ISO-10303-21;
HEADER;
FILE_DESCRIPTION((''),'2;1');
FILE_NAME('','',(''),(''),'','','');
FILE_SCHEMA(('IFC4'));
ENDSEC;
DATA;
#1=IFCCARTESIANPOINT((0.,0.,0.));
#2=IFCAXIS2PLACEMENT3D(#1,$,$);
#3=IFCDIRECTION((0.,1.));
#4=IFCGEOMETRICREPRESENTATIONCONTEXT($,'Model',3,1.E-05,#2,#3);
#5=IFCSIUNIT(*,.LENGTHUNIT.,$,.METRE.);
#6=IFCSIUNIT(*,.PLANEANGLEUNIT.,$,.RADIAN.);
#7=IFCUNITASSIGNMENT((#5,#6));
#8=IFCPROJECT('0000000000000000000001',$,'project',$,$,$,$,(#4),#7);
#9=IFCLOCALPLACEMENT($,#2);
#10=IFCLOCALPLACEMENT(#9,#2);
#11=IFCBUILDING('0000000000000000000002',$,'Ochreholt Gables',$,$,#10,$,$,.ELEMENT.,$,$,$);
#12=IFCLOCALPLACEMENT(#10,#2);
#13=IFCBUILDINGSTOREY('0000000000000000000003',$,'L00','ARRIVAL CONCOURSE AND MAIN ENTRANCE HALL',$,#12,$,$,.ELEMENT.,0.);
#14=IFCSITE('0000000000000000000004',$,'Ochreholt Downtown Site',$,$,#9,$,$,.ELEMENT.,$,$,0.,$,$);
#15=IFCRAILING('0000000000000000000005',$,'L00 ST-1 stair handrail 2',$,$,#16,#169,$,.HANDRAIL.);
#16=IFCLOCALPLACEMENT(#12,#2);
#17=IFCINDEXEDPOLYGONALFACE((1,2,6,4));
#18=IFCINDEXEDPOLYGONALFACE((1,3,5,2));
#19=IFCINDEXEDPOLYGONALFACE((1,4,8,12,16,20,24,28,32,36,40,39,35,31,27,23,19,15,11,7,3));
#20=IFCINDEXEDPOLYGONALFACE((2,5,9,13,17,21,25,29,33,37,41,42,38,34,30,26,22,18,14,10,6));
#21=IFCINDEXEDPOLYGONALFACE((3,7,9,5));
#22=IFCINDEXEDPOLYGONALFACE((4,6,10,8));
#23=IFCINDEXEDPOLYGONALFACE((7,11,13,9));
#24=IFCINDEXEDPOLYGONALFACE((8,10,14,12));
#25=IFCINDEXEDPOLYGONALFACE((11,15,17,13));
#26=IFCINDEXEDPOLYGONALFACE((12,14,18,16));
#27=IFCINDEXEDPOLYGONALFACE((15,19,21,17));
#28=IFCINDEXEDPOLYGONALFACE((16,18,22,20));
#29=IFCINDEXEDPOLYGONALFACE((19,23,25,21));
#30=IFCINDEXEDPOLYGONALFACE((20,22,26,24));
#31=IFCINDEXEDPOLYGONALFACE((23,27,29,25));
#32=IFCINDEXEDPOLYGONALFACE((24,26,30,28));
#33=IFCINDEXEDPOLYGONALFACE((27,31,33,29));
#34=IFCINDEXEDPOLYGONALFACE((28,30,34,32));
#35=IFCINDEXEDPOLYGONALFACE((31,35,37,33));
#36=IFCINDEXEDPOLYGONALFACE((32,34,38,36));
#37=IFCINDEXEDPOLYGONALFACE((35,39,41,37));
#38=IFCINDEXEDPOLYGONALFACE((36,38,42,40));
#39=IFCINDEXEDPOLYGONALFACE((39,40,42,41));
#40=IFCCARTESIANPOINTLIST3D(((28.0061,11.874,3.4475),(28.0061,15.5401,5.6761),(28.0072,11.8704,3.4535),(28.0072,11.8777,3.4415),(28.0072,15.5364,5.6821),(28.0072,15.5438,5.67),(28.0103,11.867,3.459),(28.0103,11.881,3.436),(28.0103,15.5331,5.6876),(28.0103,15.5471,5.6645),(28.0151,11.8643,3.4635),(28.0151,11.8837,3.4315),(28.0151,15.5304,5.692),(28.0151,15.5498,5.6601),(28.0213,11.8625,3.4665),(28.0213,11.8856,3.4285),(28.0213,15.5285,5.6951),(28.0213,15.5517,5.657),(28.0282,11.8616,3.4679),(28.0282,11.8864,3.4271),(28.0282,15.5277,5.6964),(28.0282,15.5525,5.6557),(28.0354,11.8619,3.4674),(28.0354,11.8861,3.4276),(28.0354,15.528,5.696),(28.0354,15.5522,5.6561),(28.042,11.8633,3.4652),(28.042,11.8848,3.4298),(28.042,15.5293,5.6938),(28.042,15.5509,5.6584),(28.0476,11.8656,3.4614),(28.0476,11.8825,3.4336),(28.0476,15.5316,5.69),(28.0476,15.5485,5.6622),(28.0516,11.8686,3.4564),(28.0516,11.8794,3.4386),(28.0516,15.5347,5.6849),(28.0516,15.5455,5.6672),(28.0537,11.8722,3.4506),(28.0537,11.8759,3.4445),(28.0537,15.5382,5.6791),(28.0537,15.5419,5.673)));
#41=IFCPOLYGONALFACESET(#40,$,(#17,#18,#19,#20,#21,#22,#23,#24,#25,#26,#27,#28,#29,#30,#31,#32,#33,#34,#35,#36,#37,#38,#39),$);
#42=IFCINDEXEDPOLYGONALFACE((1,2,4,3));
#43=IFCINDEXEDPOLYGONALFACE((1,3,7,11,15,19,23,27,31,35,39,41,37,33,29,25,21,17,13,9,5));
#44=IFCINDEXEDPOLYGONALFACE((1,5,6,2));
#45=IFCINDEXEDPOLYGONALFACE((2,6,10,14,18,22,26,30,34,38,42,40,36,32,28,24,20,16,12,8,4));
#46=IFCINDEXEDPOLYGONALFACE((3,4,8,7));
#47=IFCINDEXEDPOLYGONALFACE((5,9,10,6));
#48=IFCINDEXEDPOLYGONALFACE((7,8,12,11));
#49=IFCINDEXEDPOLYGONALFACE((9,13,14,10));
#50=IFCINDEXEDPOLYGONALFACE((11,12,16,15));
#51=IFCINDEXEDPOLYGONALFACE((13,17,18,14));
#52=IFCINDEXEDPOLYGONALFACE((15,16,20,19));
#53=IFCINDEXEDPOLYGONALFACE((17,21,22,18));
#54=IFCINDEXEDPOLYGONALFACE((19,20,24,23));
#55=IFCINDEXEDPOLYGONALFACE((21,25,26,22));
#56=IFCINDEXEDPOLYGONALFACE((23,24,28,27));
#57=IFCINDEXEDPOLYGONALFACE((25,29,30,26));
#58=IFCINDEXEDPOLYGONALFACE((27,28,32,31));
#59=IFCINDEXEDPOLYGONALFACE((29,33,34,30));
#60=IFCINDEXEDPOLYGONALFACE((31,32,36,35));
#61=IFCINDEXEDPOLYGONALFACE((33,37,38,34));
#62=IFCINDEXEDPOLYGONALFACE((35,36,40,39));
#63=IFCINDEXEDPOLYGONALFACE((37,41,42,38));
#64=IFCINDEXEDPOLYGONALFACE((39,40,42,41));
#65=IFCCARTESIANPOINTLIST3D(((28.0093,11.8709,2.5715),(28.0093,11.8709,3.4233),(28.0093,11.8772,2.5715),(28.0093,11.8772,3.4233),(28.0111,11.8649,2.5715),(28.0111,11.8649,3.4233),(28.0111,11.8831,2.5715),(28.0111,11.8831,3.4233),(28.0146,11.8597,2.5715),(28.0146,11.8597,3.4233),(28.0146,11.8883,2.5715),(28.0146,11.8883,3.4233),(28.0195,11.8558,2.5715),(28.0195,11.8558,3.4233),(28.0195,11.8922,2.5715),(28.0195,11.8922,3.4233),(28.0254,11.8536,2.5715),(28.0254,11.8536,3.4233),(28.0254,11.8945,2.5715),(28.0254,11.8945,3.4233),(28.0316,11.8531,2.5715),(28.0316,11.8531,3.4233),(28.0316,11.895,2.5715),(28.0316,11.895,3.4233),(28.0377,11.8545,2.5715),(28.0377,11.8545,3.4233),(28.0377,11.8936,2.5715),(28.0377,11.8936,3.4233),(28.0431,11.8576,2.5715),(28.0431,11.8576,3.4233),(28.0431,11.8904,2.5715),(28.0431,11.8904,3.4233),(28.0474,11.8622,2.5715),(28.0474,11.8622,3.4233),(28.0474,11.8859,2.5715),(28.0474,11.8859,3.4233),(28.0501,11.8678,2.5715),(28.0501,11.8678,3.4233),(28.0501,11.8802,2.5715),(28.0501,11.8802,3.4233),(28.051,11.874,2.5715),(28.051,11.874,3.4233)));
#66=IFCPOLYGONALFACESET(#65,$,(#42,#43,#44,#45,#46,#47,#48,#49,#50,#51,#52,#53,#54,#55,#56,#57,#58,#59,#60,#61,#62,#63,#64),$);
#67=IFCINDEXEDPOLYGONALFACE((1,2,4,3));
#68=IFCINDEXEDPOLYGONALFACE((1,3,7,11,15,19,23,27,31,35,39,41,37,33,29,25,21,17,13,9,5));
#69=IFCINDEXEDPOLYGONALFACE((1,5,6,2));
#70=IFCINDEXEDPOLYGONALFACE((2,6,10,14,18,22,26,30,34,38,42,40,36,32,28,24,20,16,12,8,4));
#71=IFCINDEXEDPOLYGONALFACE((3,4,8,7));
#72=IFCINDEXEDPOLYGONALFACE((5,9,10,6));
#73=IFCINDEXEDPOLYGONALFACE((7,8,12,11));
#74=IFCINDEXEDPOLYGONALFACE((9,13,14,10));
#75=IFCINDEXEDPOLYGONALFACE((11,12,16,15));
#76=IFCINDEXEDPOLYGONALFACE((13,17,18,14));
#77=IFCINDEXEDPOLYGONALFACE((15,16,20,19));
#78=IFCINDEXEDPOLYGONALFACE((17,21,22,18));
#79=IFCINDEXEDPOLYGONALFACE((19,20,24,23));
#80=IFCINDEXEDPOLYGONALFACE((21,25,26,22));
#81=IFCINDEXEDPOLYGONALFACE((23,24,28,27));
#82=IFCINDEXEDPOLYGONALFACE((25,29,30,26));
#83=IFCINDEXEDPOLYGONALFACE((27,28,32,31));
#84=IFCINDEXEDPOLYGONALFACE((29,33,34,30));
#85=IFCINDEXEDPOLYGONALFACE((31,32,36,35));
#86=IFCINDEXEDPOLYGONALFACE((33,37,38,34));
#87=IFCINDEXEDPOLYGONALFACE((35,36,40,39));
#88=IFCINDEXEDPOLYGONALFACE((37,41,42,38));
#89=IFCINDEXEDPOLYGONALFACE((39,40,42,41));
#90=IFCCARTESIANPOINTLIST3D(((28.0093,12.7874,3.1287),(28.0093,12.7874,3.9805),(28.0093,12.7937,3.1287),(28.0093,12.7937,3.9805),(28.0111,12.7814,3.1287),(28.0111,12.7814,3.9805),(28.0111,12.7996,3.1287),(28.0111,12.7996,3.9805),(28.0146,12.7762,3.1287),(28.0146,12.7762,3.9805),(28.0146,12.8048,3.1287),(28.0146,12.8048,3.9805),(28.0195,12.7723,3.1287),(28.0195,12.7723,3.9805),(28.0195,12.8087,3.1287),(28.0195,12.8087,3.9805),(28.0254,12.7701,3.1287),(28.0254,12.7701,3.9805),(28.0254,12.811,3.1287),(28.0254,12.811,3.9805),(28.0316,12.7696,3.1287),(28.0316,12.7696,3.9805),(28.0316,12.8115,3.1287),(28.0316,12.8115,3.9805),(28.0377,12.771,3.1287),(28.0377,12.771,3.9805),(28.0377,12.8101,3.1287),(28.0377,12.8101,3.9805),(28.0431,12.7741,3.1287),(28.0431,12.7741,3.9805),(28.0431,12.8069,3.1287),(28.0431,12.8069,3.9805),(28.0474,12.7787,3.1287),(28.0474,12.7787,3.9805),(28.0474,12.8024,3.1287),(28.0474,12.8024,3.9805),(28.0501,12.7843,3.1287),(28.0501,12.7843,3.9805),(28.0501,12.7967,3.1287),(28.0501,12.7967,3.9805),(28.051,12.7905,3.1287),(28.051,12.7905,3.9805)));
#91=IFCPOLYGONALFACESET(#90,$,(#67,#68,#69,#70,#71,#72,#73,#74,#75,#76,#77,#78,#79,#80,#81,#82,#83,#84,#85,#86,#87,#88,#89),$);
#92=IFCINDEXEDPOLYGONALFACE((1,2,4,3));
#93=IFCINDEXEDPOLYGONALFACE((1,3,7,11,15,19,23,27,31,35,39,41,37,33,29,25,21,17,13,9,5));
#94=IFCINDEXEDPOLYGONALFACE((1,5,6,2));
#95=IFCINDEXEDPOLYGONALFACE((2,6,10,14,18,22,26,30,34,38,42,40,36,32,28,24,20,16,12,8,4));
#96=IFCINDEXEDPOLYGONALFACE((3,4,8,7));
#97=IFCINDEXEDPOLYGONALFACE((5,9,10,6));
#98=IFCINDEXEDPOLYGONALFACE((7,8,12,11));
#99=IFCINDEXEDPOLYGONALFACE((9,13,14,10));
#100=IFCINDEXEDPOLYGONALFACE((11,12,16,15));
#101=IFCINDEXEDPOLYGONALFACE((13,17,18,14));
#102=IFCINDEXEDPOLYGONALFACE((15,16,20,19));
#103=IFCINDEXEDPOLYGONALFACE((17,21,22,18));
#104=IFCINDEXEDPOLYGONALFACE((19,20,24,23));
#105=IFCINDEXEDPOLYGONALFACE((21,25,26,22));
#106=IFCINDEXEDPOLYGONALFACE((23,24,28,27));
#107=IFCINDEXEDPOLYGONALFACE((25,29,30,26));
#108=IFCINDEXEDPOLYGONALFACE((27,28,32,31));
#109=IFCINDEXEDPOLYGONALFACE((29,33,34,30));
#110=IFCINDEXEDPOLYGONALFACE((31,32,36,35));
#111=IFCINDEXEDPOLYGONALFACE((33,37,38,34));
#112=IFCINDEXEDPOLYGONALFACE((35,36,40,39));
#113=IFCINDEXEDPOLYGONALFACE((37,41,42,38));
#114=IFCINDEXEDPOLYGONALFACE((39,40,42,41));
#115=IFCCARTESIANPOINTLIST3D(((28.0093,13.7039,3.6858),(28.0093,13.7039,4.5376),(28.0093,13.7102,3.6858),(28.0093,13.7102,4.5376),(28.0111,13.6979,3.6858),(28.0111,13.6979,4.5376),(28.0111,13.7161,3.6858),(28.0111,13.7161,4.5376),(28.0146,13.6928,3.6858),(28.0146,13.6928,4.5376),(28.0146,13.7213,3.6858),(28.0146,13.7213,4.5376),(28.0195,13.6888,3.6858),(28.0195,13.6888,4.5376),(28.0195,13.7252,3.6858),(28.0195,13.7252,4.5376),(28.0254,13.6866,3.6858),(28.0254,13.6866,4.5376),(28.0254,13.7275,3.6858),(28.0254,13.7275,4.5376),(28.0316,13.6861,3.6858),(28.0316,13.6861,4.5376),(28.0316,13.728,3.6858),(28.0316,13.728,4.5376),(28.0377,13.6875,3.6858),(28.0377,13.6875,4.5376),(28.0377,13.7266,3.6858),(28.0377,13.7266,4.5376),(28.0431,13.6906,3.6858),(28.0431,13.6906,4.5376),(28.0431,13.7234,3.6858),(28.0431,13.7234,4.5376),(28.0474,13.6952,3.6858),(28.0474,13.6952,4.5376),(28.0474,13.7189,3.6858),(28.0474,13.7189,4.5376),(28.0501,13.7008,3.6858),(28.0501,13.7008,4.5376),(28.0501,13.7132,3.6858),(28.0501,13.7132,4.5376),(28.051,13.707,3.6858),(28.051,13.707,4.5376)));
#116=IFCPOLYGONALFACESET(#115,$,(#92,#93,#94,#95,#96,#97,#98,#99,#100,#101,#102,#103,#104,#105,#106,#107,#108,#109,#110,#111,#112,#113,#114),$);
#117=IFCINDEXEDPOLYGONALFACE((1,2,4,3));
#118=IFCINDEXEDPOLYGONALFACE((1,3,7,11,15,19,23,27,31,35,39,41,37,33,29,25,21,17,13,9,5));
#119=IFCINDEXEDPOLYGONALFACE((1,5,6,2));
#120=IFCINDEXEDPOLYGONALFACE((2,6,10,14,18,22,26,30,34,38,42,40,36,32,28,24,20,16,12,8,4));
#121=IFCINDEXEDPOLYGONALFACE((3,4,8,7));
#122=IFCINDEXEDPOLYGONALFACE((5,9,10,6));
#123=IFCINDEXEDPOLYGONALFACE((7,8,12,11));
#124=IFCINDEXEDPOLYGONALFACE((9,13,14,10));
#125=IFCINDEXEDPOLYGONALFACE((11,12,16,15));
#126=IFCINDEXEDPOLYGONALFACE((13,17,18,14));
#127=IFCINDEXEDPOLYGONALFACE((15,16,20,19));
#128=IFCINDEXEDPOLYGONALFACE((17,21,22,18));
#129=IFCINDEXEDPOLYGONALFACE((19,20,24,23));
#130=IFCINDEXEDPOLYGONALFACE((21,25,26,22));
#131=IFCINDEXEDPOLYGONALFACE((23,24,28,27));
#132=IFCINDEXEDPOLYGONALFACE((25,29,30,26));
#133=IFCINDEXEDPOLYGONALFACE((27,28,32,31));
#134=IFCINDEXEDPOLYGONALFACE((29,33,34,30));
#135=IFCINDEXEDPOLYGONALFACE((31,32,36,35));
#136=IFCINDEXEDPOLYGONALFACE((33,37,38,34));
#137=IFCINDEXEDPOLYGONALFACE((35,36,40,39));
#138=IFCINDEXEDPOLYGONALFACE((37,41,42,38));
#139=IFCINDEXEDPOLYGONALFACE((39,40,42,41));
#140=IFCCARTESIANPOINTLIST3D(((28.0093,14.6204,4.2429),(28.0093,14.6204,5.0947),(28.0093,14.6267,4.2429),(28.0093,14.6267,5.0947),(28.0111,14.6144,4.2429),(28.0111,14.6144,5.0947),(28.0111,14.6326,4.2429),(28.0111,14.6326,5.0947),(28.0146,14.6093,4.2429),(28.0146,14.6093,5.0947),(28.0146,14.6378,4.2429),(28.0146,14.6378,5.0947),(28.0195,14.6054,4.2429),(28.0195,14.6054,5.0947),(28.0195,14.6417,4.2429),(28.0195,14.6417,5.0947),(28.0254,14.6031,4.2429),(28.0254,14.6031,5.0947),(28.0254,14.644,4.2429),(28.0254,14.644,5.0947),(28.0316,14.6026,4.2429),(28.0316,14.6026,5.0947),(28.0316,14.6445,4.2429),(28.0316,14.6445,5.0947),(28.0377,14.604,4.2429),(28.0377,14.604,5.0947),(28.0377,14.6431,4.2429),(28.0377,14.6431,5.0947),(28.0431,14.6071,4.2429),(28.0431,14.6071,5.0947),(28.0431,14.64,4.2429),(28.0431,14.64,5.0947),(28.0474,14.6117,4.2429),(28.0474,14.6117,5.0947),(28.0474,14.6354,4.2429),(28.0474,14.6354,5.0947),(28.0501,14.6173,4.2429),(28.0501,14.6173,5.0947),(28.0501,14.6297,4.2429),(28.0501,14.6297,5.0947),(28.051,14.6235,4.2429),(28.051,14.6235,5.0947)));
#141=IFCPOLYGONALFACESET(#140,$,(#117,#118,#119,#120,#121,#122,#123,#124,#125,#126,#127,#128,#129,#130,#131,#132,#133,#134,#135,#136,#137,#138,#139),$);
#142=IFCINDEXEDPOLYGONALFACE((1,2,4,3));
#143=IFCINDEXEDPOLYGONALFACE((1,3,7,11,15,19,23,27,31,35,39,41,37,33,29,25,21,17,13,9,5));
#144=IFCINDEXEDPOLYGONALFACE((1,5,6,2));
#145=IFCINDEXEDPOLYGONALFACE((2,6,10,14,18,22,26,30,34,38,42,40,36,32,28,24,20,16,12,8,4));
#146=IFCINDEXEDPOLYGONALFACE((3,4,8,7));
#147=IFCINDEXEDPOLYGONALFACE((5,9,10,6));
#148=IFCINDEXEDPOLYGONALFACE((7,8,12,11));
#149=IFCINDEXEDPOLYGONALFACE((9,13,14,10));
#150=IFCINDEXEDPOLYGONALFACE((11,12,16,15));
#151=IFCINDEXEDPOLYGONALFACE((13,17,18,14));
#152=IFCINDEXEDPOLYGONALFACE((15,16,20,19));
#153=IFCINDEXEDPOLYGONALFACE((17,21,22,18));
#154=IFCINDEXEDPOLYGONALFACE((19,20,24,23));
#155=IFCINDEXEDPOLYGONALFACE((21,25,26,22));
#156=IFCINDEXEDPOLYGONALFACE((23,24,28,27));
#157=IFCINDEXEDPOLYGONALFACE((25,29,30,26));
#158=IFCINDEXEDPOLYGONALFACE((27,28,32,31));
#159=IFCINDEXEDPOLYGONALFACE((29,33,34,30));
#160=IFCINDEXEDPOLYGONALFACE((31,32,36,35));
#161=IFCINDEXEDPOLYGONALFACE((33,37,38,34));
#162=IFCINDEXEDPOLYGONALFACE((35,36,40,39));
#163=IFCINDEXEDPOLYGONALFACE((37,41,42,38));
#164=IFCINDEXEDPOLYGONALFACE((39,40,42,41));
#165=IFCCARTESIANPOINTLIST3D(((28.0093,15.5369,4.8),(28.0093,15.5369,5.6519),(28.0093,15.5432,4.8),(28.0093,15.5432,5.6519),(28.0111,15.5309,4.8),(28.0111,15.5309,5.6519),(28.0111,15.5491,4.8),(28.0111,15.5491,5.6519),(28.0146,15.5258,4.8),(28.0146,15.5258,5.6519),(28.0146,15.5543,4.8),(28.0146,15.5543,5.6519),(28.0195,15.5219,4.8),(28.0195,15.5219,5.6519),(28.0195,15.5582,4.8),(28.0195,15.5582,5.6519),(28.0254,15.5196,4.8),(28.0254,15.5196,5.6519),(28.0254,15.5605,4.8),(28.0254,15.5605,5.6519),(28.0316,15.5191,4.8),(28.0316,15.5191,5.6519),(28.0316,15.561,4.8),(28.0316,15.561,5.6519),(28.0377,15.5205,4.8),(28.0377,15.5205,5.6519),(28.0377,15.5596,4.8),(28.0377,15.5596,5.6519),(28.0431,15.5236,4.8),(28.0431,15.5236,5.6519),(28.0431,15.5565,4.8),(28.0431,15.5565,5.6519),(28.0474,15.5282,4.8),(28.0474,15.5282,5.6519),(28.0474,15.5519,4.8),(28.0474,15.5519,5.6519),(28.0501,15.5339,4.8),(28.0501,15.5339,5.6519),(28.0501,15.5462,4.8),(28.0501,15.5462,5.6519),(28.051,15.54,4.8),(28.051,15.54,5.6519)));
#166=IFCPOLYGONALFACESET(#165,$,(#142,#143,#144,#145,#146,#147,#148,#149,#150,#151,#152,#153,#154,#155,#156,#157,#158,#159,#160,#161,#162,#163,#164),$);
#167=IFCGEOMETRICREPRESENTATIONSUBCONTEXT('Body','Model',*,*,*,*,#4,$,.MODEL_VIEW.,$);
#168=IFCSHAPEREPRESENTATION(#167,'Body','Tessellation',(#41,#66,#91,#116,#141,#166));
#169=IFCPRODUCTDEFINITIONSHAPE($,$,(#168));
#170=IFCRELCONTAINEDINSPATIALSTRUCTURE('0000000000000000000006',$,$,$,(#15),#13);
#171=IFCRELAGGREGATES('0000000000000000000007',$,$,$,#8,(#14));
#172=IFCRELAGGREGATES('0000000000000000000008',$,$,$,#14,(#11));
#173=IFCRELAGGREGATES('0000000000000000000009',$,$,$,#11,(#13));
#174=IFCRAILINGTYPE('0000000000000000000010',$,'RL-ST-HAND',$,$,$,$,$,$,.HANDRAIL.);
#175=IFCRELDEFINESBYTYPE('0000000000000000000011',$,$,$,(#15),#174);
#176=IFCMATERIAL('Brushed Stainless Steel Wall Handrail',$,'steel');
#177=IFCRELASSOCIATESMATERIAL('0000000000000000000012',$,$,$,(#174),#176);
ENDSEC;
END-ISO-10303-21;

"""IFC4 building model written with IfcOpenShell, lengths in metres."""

from ifc_helpers import new_model, si_unit, direction, frame, origin, origin_2d, place, context, subcontext, project, spatial, circle, extrude, material, type_object, element, save


model = new_model("IFC4")

# Units and contexts
model_context = context("Model", 3, precision=1e-05, world=origin(), true_north=direction((0.0, 1.0)))
body_context = subcontext(model_context, "Body", "Model", "MODEL_VIEW")
ifc_project = project(units=[si_unit("LENGTHUNIT", "METRE"), si_unit("PLANEANGLEUNIT", "RADIAN")], contexts=[model_context])

# Site, building, storey
site_placement = place(None, origin())
site = spatial("IfcSite", under=ifc_project, at=site_placement, Name="Ochreholt Downtown Site", CompositionType="ELEMENT", RefElevation=0.0)
building_placement = place(site_placement, origin())
building = spatial("IfcBuilding", under=site, at=building_placement, Name="Ochreholt Gables", CompositionType="ELEMENT")
storey_placement = place(building_placement, origin())
storey = spatial("IfcBuildingStorey", under=building, at=storey_placement, Name="L00", Description="ARRIVAL CONCOURSE AND MAIN ENTRANCE HALL", CompositionType="ELEMENT", Elevation=0.0)

# Railing
ifc_material_1 = material(Name="Brushed Stainless Steel Wall Handrail", Category="steel")
railing_type_1 = type_object("IfcRailingType", Name="RL-ST-HAND", PredefinedType="HANDRAIL", material=ifc_material_1)
for number, where, name in (
    (1, (28.03, 11.874, 2.5715), "L00 ST-1 stair handrail 2"),
):
    element("IfcRailing", number, at=place(storey_placement, frame(where)), inside=storey, type_object=railing_type_1, Name=name, PredefinedType="HANDRAIL", context=body_context, shape_type="SweptSolid", body=[
        extrude(circle(Radius=0.0239, at=origin_2d()), frame((0.0, 0.0, 0.876), z_axis=(0.0, 0.854506, 0.519441), x_axis=(-1.0, 0.0, 0.0)), (0.0, 0.0, 1.0), 4.2903),
        extrude(circle(Radius=0.021, at=origin_2d()), origin(), (0.0, 0.0, 1.0), 0.8518),
        extrude(circle(Radius=0.021, at=origin_2d()), frame((0.0, 0.9165, 0.5571)), (0.0, 0.0, 1.0), 0.8518),
        extrude(circle(Radius=0.021, at=origin_2d()), frame((0.0, 1.833, 1.1143)), (0.0, 0.0, 1.0), 0.8518),
        extrude(circle(Radius=0.021, at=origin_2d()), frame((0.0, 2.7495, 1.6714)), (0.0, 0.0, 1.0), 0.8518),
        extrude(circle(Radius=0.021, at=origin_2d()), frame((0.0, 3.666, 2.2285)), (0.0, 0.0, 1.0), 0.8518),
    ])

save(model, "model.ifc")
